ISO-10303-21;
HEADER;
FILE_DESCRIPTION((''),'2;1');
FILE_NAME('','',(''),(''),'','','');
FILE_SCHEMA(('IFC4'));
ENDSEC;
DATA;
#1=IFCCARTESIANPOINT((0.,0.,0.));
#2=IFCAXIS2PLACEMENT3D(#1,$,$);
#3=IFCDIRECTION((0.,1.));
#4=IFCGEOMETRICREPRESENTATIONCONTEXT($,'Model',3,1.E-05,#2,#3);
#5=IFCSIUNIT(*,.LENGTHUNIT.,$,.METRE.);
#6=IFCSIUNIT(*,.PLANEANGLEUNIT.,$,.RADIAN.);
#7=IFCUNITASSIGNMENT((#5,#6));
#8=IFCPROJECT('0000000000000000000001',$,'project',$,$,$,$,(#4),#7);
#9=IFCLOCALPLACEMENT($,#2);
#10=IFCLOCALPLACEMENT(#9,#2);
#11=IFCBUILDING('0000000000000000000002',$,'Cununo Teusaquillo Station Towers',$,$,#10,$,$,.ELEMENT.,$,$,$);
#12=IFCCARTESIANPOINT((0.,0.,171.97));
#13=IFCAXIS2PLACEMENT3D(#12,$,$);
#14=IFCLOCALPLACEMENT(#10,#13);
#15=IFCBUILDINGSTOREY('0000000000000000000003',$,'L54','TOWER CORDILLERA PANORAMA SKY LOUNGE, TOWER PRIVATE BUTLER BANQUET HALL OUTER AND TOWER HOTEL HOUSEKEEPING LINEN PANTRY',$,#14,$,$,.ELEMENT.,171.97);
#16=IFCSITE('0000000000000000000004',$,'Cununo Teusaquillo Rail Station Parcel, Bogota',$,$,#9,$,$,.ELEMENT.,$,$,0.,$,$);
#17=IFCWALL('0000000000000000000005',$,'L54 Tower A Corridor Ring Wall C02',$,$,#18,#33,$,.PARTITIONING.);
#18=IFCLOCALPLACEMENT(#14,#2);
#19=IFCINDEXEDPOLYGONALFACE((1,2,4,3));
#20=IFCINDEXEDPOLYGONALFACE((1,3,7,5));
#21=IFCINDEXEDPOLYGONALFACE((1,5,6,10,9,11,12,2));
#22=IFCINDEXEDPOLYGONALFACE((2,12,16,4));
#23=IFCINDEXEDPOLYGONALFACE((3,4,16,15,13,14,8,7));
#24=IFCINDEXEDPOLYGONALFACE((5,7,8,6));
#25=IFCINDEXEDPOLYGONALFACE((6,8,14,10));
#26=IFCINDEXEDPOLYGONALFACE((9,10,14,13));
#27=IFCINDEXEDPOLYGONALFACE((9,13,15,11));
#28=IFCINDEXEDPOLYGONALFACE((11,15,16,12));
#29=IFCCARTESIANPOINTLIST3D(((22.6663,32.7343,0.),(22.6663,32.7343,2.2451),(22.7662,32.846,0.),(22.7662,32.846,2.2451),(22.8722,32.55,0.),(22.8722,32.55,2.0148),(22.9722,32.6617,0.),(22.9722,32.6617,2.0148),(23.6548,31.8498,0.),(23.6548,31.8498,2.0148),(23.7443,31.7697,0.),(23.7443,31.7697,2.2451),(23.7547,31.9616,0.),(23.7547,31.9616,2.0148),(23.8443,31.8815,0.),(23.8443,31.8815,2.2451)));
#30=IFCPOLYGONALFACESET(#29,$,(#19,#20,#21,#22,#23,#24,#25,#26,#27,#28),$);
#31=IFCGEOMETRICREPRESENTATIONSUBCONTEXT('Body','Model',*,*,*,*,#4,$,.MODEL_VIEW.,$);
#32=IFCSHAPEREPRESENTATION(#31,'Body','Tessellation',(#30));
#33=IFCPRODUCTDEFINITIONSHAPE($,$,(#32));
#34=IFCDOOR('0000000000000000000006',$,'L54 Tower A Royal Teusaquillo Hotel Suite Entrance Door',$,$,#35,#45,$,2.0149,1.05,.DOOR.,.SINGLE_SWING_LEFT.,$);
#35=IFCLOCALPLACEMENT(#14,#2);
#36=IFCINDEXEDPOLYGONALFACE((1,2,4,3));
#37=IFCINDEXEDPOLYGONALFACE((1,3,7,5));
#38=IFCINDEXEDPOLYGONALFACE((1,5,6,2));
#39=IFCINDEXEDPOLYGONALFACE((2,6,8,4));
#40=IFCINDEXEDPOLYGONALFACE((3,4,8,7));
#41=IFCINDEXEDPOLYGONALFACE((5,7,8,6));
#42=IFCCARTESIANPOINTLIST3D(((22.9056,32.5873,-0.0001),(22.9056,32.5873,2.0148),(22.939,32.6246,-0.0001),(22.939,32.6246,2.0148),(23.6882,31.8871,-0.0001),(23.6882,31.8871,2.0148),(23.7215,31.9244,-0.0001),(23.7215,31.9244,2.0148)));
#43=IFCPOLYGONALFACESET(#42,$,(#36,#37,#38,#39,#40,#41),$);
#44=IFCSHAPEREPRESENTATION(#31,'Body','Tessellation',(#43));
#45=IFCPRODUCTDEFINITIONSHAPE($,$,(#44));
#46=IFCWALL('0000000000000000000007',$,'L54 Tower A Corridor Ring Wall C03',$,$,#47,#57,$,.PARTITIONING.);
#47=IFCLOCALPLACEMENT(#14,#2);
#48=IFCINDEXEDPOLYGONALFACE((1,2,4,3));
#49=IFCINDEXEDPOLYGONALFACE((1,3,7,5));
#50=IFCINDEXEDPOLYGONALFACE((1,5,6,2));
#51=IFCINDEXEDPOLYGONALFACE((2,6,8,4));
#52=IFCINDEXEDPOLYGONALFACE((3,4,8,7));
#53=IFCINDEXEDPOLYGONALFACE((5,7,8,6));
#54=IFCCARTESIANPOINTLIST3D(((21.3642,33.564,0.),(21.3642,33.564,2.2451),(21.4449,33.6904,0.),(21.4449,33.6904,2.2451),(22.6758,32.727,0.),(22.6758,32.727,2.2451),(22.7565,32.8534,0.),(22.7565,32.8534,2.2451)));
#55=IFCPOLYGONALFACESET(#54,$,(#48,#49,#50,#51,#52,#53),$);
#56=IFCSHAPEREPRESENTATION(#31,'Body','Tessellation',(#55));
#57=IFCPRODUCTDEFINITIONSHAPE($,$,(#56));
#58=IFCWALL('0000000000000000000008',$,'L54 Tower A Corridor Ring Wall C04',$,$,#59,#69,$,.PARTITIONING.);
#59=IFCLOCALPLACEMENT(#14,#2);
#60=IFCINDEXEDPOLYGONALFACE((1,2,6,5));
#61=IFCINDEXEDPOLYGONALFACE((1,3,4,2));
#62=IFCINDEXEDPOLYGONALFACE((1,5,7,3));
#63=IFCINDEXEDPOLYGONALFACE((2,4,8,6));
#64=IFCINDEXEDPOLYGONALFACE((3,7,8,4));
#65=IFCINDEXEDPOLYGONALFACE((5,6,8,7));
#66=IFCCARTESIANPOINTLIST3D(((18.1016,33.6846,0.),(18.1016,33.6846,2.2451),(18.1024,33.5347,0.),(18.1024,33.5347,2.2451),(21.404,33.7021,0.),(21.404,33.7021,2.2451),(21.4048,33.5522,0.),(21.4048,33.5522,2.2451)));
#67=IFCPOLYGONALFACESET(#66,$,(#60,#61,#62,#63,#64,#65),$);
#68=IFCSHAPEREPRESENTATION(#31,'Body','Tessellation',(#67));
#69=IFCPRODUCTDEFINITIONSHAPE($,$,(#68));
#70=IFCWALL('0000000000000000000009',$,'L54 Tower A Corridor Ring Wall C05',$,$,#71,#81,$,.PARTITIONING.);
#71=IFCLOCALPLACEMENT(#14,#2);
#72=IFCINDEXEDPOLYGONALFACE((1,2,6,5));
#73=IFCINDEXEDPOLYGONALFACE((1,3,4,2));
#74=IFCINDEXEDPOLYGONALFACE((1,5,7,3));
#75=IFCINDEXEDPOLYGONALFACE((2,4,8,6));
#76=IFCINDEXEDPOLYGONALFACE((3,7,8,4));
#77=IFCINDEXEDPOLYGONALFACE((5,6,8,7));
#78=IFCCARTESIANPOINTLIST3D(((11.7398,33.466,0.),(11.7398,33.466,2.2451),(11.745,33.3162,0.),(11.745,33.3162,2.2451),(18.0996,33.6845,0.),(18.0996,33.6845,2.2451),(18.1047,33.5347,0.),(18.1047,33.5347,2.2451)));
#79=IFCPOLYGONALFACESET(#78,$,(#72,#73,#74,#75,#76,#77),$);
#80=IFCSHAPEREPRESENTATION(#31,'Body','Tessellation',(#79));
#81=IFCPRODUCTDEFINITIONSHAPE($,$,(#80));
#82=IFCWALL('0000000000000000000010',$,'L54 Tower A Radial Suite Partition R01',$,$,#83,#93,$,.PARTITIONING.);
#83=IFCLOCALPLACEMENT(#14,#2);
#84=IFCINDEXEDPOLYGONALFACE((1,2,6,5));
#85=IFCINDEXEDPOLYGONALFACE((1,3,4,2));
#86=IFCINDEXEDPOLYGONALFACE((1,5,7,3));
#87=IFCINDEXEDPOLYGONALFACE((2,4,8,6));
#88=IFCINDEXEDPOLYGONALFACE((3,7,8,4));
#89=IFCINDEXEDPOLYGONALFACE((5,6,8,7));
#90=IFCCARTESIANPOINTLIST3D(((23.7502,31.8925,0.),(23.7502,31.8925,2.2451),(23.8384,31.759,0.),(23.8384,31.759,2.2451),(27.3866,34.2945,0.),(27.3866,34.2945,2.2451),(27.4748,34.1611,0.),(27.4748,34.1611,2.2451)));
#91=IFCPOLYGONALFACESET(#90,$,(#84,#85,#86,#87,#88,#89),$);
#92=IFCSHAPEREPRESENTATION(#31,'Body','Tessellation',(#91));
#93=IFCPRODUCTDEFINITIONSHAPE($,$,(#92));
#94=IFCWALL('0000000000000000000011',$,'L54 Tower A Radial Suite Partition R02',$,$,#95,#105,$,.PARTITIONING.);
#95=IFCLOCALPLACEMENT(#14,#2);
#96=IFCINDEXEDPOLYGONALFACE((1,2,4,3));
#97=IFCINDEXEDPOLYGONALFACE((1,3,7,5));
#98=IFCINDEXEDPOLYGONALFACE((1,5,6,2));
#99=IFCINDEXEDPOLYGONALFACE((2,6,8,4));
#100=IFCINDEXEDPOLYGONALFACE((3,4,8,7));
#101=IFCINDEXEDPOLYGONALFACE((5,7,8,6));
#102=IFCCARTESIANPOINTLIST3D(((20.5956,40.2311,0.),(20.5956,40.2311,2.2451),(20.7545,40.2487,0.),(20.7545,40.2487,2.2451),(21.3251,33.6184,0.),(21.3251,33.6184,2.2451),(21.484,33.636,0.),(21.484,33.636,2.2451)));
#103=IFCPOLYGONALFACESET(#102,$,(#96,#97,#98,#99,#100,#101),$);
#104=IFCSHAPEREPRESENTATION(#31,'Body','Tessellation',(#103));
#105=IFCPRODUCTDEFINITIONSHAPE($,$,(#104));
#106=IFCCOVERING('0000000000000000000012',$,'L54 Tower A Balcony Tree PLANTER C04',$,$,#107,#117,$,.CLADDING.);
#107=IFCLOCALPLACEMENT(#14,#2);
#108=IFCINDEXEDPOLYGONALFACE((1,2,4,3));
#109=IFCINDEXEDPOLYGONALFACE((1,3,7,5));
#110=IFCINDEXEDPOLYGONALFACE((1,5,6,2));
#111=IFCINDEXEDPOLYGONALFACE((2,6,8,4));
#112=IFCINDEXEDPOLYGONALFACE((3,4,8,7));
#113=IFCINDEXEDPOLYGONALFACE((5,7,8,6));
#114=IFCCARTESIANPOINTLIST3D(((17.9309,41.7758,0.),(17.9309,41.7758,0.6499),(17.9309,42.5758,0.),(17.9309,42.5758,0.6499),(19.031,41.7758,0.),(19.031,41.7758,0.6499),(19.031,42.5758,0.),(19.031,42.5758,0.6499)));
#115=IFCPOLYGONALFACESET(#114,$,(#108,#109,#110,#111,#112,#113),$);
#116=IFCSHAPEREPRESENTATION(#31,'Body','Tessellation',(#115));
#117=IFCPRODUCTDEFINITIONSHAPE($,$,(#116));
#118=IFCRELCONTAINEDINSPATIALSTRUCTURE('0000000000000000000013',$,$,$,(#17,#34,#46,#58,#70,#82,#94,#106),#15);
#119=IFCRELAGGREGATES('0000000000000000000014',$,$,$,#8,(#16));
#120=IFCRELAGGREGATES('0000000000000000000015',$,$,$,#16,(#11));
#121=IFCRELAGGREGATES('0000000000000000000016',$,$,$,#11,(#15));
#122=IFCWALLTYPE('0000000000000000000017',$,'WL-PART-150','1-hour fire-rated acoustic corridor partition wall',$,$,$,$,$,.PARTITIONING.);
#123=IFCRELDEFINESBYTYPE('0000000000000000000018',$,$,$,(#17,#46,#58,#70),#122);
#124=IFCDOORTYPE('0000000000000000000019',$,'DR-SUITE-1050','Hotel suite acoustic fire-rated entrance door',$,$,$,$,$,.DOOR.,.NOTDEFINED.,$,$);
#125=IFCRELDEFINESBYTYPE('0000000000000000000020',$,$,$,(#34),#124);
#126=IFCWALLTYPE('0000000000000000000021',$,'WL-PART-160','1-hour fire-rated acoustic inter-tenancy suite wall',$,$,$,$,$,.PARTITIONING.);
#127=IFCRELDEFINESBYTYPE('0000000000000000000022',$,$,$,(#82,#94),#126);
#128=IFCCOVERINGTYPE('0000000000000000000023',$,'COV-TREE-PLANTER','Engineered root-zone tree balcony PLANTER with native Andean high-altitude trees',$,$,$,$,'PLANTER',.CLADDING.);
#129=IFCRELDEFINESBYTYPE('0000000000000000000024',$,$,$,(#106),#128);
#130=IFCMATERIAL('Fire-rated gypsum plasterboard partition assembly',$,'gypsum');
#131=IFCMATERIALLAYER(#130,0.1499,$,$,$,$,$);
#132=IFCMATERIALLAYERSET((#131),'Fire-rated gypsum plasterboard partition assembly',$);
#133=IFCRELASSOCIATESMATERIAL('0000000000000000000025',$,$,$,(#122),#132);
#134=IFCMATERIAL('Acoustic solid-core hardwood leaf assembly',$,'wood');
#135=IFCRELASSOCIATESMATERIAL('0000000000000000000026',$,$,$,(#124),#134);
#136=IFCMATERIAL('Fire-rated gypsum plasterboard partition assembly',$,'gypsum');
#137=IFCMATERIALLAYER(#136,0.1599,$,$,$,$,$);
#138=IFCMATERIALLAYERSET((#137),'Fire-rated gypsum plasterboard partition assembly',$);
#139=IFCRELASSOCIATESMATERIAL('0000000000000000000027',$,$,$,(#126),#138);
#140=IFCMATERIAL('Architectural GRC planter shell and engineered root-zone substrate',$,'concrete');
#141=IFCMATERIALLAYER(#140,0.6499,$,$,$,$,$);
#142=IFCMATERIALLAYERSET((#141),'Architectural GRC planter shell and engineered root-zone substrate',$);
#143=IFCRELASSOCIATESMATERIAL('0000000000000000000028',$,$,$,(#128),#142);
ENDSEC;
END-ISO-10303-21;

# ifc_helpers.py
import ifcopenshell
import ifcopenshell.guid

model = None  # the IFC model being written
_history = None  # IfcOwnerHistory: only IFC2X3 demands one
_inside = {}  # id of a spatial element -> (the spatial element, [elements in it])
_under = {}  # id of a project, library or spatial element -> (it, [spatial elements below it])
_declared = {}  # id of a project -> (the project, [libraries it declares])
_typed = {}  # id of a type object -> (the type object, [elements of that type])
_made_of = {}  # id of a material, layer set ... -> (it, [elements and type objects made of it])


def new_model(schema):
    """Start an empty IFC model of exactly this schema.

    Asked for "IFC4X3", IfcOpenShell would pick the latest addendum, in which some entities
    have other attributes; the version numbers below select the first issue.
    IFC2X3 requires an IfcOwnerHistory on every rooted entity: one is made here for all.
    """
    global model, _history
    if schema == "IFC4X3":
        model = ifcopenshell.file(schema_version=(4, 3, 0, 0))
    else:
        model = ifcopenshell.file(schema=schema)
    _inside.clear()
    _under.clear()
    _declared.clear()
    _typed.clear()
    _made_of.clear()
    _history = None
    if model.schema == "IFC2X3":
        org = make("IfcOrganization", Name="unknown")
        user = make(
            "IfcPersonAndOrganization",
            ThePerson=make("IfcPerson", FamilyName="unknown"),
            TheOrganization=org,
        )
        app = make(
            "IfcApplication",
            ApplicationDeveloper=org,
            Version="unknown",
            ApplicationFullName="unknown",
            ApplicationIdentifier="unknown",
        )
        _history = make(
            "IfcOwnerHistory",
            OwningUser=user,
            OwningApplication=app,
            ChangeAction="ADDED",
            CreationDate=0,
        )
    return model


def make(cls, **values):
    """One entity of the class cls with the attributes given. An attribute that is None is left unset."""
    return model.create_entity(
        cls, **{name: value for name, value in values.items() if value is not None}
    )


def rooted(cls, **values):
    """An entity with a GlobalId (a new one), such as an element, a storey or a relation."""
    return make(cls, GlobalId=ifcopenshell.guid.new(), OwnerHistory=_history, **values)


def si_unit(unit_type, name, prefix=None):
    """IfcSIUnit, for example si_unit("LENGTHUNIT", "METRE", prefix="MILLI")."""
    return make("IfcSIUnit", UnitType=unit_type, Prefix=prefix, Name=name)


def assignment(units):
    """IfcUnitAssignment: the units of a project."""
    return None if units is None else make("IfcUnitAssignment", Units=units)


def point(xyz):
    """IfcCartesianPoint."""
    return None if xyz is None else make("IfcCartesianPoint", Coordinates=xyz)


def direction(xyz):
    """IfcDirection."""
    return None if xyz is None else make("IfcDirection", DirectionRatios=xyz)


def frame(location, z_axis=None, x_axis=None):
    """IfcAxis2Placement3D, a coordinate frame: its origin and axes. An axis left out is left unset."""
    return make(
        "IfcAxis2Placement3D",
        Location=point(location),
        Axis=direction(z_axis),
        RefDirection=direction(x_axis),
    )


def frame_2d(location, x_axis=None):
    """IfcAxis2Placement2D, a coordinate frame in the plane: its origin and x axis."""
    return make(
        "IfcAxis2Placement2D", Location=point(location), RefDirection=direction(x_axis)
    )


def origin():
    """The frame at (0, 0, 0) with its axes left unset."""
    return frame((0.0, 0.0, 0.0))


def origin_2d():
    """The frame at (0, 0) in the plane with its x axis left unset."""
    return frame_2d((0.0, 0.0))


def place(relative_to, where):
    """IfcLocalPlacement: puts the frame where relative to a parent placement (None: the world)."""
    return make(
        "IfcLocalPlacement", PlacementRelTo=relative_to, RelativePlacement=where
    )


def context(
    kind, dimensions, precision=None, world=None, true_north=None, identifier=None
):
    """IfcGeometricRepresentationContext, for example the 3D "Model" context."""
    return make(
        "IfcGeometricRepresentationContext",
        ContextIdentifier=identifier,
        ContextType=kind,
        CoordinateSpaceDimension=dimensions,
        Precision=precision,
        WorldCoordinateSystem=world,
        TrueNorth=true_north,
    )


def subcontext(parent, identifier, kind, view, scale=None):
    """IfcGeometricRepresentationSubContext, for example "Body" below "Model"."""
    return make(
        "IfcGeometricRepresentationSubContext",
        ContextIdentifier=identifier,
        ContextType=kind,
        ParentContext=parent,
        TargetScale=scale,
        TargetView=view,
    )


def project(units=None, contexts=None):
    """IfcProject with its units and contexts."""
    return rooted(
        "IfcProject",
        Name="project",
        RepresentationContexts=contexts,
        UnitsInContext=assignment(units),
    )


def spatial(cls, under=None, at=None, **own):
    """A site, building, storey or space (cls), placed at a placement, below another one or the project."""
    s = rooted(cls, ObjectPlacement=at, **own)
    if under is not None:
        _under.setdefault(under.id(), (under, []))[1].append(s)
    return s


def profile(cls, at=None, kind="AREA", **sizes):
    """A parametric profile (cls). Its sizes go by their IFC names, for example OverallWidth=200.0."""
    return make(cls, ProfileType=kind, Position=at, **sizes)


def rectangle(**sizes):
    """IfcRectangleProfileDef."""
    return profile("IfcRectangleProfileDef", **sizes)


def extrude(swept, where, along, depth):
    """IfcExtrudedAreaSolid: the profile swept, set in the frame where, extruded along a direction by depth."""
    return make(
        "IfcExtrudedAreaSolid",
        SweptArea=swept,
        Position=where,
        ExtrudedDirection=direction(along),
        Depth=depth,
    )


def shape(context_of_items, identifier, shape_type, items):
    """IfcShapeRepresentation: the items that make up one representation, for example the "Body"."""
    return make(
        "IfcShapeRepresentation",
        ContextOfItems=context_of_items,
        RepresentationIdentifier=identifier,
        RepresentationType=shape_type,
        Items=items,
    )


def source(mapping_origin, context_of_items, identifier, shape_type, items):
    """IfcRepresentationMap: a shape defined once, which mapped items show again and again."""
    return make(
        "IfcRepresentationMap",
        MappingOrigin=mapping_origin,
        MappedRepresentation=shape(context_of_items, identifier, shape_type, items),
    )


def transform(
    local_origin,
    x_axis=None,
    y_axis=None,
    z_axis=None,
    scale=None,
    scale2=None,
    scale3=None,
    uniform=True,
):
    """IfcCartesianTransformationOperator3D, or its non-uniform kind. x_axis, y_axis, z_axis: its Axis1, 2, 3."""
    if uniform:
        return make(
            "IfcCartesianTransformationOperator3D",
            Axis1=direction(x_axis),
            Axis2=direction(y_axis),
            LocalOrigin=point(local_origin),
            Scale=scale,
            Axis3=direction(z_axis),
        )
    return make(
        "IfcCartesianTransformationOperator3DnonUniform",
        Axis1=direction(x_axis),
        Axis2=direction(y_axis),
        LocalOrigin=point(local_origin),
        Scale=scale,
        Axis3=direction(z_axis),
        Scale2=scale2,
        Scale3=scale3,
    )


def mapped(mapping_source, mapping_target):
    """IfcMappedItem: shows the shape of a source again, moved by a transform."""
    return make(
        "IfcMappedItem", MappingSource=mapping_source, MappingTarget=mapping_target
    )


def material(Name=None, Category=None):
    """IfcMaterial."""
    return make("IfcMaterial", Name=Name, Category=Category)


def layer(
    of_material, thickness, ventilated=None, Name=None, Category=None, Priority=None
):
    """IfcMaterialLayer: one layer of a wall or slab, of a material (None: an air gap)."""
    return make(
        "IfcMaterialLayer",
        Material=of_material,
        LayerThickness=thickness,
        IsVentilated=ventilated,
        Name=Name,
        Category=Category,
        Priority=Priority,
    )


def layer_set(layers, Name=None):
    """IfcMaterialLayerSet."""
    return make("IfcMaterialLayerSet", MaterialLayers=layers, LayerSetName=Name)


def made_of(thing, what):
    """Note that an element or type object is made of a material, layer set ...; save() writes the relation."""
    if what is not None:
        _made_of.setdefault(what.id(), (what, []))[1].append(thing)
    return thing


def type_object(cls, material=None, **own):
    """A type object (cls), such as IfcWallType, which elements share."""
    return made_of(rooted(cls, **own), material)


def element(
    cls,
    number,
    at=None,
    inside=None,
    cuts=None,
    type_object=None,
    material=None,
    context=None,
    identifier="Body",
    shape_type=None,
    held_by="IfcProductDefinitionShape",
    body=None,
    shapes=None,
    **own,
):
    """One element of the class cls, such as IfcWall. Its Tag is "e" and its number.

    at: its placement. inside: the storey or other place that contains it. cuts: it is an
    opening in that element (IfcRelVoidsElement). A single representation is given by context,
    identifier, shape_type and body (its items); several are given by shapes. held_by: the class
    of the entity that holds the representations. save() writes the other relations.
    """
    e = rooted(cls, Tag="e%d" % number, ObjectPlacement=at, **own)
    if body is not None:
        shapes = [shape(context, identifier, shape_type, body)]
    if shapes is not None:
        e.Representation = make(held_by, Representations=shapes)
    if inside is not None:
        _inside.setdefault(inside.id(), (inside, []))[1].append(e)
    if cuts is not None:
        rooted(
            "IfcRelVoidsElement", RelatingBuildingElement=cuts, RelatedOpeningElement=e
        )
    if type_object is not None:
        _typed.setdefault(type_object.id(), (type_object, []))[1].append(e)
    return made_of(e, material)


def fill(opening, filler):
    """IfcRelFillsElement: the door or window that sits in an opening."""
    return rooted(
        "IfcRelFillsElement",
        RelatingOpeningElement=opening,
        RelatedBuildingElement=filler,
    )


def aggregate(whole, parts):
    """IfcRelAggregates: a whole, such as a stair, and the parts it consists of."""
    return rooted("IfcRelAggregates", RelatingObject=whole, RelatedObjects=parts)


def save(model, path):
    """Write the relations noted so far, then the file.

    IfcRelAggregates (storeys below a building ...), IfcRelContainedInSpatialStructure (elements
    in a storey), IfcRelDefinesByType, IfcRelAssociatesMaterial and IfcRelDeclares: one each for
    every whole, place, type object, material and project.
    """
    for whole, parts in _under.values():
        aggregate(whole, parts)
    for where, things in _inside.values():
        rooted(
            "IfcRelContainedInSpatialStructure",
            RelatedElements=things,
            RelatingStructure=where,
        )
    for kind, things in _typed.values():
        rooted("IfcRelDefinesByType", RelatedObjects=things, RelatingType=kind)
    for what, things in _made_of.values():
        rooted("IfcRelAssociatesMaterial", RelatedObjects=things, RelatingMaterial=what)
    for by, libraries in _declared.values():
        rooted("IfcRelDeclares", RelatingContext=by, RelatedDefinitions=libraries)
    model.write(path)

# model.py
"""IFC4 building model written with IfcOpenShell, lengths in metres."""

from ifc_helpers import new_model, si_unit, direction, frame, frame_2d, origin, origin_2d, place, context, subcontext, project, spatial, rectangle, extrude, source, transform, mapped, material, layer, layer_set, type_object, element, fill, save


model = new_model("IFC4")

# Units and contexts
model_context = context("Model", 3, precision=1e-05, world=origin(), true_north=direction((0.0, 1.0)))
body_context = subcontext(model_context, "Body", "Model", "MODEL_VIEW")
ifc_project = project(units=[si_unit("LENGTHUNIT", "METRE"), si_unit("PLANEANGLEUNIT", "RADIAN")], contexts=[model_context])

# Site, building, storey
site_placement = place(None, origin())
site = spatial("IfcSite", under=ifc_project, at=site_placement, Name="Cununo Teusaquillo Rail Station Parcel, Bogota", CompositionType="ELEMENT", RefElevation=0.0)
building_placement = place(site_placement, origin())
building = spatial("IfcBuilding", under=site, at=building_placement, Name="Cununo Teusaquillo Station Towers", CompositionType="ELEMENT")
storey_placement = place(building_placement, frame((0.0, 0.0, 171.97)))
storey = spatial("IfcBuildingStorey", under=building, at=storey_placement, Name="L54", Description="TOWER CORDILLERA PANORAMA SKY LOUNGE, TOWER PRIVATE BUTLER BANQUET HALL OUTER AND TOWER HOTEL HOUSEKEEPING LINEN PANTRY", CompositionType="ELEMENT", Elevation=171.97)

# Wall, opening, door
ifc_material_1 = material(Name="Fire-rated gypsum plasterboard partition assembly", Category="gypsum")
ifc_layer_1 = layer(ifc_material_1, 0.1499)
ifc_layer_set_1 = layer_set([ifc_layer_1], Name="Fire-rated gypsum plasterboard partition assembly")
wall_type_1 = type_object("IfcWallType", Name="WL-PART-150", Description="1-hour fire-rated acoustic corridor partition wall", PredefinedType="PARTITIONING", material=ifc_layer_set_1)
wall_1_placement = place(storey_placement, frame((23.7942, 31.8257, 0.0), z_axis=(0.0, 0.0, 1.0), x_axis=(-0.745255, 0.66678, 0.0)))
wall_1 = element("IfcWall", 1, at=wall_1_placement, inside=storey, type_object=wall_type_1, Name="L54 Tower A Corridor Ring Wall C02", PredefinedType="PARTITIONING", context=body_context, shape_type="SweptSolid", body=[
    extrude(rectangle(XDim=1.4465, YDim=0.1499, at=frame_2d((0.7231, 0.0))), origin(), (0.0, 0.0, 1.0), 2.2451),
])
shared_shape_1 = source(origin(), body_context, "Body", "SweptSolid", [
    extrude(rectangle(XDim=1.05, YDim=2.0149, at=frame_2d((0.5249, 1.0073))), frame((0.0, 0.085, 0.0), z_axis=(0.0, -1.0, 0.0), x_axis=(1.0, 0.0, 0.0)), (0.0, 0.0, 1.0), 0.1699),
])
opening_1_placement = place(wall_1_placement, frame((0.1201, 0.0, 0.0)))
opening_1 = element("IfcOpeningElement", 2, at=opening_1_placement, cuts=wall_1, PredefinedType="OPENING", context=body_context, shape_type="MappedRepresentation", body=[
    mapped(shared_shape_1, transform((0.0, 0.0, 0.0), x_axis=(1.0, 0.0, 0.0), y_axis=(0.0, 1.0, 0.0), z_axis=(0.0, 0.0, 1.0), scale=1.0)),
])
ifc_material_2 = material(Name="Acoustic solid-core hardwood leaf assembly", Category="wood")
door_type_1 = type_object("IfcDoorType", Name="DR-SUITE-1050", Description="Hotel suite acoustic fire-rated entrance door", OperationType="NOTDEFINED", PredefinedType="DOOR", material=ifc_material_2)
shared_shape_2 = source(origin(), body_context, "Body", "SweptSolid", [
    extrude(rectangle(XDim=1.05, YDim=2.0149, at=frame_2d((0.5249, 1.0073))), frame((0.0, 0.0249, 0.0), z_axis=(0.0, -1.0, 0.0), x_axis=(1.0, 0.0, 0.0)), (0.0, 0.0, 1.0), 0.05),
])
door_1_placement = place(opening_1_placement, origin())
door_1 = element("IfcDoor", 3, at=door_1_placement, inside=storey, type_object=door_type_1, Name="L54 Tower A Royal Teusaquillo Hotel Suite Entrance Door", OperationType="SINGLE_SWING_LEFT", OverallHeight=2.0149, OverallWidth=1.05, PredefinedType="DOOR", context=body_context, shape_type="MappedRepresentation", body=[
    mapped(shared_shape_2, transform((0.0, 0.0, 0.0), x_axis=(1.0, 0.0, 0.0), y_axis=(0.0, 1.0, 0.0), z_axis=(0.0, 0.0, 1.0), scale=1.0)),
])
fill(opening_1, door_1)

# Walls
wall_2_placement = place(storey_placement, frame((22.7161, 32.7903, 0.0), z_axis=(0.0, 0.0, 1.0), x_axis=(-0.842989, 0.537931, 0.0)))
element("IfcWall", 4, at=wall_2_placement, inside=storey, type_object=wall_type_1, Name="L54 Tower A Corridor Ring Wall C03", PredefinedType="PARTITIONING", context=body_context, shape_type="SweptSolid", body=[
    extrude(rectangle(XDim=1.5559, YDim=0.1499, at=frame_2d((0.7778, 0.0))), origin(), (0.0, 0.0, 1.0), 2.2451),
])
wall_3_placement = place(storey_placement, frame((21.4045, 33.6272, 0.0), z_axis=(0.0, 0.0, 1.0), x_axis=(-0.999986, -0.005323, 0.0)))
element("IfcWall", 5, at=wall_3_placement, inside=storey, type_object=wall_type_1, Name="L54 Tower A Corridor Ring Wall C04", PredefinedType="PARTITIONING", context=body_context, shape_type="SweptSolid", body=[
    extrude(rectangle(XDim=3.3025, YDim=0.1499, at=frame_2d((1.6514, 0.0))), origin(), (0.0, 0.0, 1.0), 2.2451),
])
wall_4_placement = place(storey_placement, frame((18.1021, 33.6096, 0.0), z_axis=(0.0, 0.0, 1.0), x_axis=(-0.99941, -0.034337, 0.0)))
element("IfcWall", 6, at=wall_4_placement, inside=storey, type_object=wall_type_1, Name="L54 Tower A Corridor Ring Wall C05", PredefinedType="PARTITIONING", context=body_context, shape_type="SweptSolid", body=[
    extrude(rectangle(XDim=6.3635, YDim=0.1499, at=frame_2d((3.1816, 0.0))), origin(), (0.0, 0.0, 1.0), 2.2451),
])
ifc_material_3 = material(Name="Fire-rated gypsum plasterboard partition assembly", Category="gypsum")
ifc_layer_2 = layer(ifc_material_3, 0.1599)
ifc_layer_set_2 = layer_set([ifc_layer_2], Name="Fire-rated gypsum plasterboard partition assembly")
wall_type_2 = type_object("IfcWallType", Name="WL-PART-160", Description="1-hour fire-rated acoustic inter-tenancy suite wall", PredefinedType="PARTITIONING", material=ifc_layer_set_2)
wall_5_placement = place(storey_placement, frame((23.7942, 31.8257, 0.0), z_axis=(0.0, 0.0, 1.0), x_axis=(0.834396, 0.551166, 0.0)))
element("IfcWall", 7, at=wall_5_placement, inside=storey, type_object=wall_type_2, Name="L54 Tower A Radial Suite Partition R01", PredefinedType="PARTITIONING", context=body_context, shape_type="SweptSolid", body=[
    extrude(rectangle(XDim=4.3582, YDim=0.1599, at=frame_2d((2.1792, 0.0))), origin(), (0.0, 0.0, 1.0), 2.2451),
])
wall_6_placement = place(storey_placement, frame((21.4045, 33.6272, 0.0), z_axis=(0.0, 0.0, 1.0), x_axis=(-0.10965, 0.99397, 0.0)))
element("IfcWall", 8, at=wall_6_placement, inside=storey, type_object=wall_type_2, Name="L54 Tower A Radial Suite Partition R02", PredefinedType="PARTITIONING", context=body_context, shape_type="SweptSolid", body=[
    extrude(rectangle(XDim=6.6528, YDim=0.1599, at=frame_2d((3.3264, 0.0))), origin(), (0.0, 0.0, 1.0), 2.2451),
])

# Covering
ifc_material_4 = material(Name="Architectural GRC planter shell and engineered root-zone substrate", Category="concrete")
ifc_layer_3 = layer(ifc_material_4, 0.6499)
ifc_layer_set_3 = layer_set([ifc_layer_3], Name="Architectural GRC planter shell and engineered root-zone substrate")
covering_type = type_object("IfcCoveringType", Name="COV-TREE-PLANTER", Description="Engineered root-zone tree balcony PLANTER with native Andean high-altitude trees", ElementType="PLANTER", PredefinedType="CLADDING", material=ifc_layer_set_3)
shared_shape_3 = source(origin(), body_context, "Body", "SweptSolid", [
    extrude(rectangle(XDim=1.1001, YDim=0.8, at=origin_2d()), origin(), (0.0, 0.0, 1.0), 0.6499),
])
covering_placement = place(storey_placement, frame((18.481, 42.1758, 0.0), z_axis=(0.0, 0.0, 1.0), x_axis=(1.0, 0.0, 0.0)))
element("IfcCovering", 9, at=covering_placement, inside=storey, type_object=covering_type, Name="L54 Tower A Balcony Tree PLANTER C04", PredefinedType="CLADDING", context=body_context, shape_type="MappedRepresentation", body=[
    mapped(shared_shape_3, transform((0.0, 0.0, 0.0), x_axis=(1.0, 0.0, 0.0), y_axis=(0.0, 1.0, 0.0), z_axis=(0.0, 0.0, 1.0), scale=1.0)),
])

save(model, "model.ifc")
